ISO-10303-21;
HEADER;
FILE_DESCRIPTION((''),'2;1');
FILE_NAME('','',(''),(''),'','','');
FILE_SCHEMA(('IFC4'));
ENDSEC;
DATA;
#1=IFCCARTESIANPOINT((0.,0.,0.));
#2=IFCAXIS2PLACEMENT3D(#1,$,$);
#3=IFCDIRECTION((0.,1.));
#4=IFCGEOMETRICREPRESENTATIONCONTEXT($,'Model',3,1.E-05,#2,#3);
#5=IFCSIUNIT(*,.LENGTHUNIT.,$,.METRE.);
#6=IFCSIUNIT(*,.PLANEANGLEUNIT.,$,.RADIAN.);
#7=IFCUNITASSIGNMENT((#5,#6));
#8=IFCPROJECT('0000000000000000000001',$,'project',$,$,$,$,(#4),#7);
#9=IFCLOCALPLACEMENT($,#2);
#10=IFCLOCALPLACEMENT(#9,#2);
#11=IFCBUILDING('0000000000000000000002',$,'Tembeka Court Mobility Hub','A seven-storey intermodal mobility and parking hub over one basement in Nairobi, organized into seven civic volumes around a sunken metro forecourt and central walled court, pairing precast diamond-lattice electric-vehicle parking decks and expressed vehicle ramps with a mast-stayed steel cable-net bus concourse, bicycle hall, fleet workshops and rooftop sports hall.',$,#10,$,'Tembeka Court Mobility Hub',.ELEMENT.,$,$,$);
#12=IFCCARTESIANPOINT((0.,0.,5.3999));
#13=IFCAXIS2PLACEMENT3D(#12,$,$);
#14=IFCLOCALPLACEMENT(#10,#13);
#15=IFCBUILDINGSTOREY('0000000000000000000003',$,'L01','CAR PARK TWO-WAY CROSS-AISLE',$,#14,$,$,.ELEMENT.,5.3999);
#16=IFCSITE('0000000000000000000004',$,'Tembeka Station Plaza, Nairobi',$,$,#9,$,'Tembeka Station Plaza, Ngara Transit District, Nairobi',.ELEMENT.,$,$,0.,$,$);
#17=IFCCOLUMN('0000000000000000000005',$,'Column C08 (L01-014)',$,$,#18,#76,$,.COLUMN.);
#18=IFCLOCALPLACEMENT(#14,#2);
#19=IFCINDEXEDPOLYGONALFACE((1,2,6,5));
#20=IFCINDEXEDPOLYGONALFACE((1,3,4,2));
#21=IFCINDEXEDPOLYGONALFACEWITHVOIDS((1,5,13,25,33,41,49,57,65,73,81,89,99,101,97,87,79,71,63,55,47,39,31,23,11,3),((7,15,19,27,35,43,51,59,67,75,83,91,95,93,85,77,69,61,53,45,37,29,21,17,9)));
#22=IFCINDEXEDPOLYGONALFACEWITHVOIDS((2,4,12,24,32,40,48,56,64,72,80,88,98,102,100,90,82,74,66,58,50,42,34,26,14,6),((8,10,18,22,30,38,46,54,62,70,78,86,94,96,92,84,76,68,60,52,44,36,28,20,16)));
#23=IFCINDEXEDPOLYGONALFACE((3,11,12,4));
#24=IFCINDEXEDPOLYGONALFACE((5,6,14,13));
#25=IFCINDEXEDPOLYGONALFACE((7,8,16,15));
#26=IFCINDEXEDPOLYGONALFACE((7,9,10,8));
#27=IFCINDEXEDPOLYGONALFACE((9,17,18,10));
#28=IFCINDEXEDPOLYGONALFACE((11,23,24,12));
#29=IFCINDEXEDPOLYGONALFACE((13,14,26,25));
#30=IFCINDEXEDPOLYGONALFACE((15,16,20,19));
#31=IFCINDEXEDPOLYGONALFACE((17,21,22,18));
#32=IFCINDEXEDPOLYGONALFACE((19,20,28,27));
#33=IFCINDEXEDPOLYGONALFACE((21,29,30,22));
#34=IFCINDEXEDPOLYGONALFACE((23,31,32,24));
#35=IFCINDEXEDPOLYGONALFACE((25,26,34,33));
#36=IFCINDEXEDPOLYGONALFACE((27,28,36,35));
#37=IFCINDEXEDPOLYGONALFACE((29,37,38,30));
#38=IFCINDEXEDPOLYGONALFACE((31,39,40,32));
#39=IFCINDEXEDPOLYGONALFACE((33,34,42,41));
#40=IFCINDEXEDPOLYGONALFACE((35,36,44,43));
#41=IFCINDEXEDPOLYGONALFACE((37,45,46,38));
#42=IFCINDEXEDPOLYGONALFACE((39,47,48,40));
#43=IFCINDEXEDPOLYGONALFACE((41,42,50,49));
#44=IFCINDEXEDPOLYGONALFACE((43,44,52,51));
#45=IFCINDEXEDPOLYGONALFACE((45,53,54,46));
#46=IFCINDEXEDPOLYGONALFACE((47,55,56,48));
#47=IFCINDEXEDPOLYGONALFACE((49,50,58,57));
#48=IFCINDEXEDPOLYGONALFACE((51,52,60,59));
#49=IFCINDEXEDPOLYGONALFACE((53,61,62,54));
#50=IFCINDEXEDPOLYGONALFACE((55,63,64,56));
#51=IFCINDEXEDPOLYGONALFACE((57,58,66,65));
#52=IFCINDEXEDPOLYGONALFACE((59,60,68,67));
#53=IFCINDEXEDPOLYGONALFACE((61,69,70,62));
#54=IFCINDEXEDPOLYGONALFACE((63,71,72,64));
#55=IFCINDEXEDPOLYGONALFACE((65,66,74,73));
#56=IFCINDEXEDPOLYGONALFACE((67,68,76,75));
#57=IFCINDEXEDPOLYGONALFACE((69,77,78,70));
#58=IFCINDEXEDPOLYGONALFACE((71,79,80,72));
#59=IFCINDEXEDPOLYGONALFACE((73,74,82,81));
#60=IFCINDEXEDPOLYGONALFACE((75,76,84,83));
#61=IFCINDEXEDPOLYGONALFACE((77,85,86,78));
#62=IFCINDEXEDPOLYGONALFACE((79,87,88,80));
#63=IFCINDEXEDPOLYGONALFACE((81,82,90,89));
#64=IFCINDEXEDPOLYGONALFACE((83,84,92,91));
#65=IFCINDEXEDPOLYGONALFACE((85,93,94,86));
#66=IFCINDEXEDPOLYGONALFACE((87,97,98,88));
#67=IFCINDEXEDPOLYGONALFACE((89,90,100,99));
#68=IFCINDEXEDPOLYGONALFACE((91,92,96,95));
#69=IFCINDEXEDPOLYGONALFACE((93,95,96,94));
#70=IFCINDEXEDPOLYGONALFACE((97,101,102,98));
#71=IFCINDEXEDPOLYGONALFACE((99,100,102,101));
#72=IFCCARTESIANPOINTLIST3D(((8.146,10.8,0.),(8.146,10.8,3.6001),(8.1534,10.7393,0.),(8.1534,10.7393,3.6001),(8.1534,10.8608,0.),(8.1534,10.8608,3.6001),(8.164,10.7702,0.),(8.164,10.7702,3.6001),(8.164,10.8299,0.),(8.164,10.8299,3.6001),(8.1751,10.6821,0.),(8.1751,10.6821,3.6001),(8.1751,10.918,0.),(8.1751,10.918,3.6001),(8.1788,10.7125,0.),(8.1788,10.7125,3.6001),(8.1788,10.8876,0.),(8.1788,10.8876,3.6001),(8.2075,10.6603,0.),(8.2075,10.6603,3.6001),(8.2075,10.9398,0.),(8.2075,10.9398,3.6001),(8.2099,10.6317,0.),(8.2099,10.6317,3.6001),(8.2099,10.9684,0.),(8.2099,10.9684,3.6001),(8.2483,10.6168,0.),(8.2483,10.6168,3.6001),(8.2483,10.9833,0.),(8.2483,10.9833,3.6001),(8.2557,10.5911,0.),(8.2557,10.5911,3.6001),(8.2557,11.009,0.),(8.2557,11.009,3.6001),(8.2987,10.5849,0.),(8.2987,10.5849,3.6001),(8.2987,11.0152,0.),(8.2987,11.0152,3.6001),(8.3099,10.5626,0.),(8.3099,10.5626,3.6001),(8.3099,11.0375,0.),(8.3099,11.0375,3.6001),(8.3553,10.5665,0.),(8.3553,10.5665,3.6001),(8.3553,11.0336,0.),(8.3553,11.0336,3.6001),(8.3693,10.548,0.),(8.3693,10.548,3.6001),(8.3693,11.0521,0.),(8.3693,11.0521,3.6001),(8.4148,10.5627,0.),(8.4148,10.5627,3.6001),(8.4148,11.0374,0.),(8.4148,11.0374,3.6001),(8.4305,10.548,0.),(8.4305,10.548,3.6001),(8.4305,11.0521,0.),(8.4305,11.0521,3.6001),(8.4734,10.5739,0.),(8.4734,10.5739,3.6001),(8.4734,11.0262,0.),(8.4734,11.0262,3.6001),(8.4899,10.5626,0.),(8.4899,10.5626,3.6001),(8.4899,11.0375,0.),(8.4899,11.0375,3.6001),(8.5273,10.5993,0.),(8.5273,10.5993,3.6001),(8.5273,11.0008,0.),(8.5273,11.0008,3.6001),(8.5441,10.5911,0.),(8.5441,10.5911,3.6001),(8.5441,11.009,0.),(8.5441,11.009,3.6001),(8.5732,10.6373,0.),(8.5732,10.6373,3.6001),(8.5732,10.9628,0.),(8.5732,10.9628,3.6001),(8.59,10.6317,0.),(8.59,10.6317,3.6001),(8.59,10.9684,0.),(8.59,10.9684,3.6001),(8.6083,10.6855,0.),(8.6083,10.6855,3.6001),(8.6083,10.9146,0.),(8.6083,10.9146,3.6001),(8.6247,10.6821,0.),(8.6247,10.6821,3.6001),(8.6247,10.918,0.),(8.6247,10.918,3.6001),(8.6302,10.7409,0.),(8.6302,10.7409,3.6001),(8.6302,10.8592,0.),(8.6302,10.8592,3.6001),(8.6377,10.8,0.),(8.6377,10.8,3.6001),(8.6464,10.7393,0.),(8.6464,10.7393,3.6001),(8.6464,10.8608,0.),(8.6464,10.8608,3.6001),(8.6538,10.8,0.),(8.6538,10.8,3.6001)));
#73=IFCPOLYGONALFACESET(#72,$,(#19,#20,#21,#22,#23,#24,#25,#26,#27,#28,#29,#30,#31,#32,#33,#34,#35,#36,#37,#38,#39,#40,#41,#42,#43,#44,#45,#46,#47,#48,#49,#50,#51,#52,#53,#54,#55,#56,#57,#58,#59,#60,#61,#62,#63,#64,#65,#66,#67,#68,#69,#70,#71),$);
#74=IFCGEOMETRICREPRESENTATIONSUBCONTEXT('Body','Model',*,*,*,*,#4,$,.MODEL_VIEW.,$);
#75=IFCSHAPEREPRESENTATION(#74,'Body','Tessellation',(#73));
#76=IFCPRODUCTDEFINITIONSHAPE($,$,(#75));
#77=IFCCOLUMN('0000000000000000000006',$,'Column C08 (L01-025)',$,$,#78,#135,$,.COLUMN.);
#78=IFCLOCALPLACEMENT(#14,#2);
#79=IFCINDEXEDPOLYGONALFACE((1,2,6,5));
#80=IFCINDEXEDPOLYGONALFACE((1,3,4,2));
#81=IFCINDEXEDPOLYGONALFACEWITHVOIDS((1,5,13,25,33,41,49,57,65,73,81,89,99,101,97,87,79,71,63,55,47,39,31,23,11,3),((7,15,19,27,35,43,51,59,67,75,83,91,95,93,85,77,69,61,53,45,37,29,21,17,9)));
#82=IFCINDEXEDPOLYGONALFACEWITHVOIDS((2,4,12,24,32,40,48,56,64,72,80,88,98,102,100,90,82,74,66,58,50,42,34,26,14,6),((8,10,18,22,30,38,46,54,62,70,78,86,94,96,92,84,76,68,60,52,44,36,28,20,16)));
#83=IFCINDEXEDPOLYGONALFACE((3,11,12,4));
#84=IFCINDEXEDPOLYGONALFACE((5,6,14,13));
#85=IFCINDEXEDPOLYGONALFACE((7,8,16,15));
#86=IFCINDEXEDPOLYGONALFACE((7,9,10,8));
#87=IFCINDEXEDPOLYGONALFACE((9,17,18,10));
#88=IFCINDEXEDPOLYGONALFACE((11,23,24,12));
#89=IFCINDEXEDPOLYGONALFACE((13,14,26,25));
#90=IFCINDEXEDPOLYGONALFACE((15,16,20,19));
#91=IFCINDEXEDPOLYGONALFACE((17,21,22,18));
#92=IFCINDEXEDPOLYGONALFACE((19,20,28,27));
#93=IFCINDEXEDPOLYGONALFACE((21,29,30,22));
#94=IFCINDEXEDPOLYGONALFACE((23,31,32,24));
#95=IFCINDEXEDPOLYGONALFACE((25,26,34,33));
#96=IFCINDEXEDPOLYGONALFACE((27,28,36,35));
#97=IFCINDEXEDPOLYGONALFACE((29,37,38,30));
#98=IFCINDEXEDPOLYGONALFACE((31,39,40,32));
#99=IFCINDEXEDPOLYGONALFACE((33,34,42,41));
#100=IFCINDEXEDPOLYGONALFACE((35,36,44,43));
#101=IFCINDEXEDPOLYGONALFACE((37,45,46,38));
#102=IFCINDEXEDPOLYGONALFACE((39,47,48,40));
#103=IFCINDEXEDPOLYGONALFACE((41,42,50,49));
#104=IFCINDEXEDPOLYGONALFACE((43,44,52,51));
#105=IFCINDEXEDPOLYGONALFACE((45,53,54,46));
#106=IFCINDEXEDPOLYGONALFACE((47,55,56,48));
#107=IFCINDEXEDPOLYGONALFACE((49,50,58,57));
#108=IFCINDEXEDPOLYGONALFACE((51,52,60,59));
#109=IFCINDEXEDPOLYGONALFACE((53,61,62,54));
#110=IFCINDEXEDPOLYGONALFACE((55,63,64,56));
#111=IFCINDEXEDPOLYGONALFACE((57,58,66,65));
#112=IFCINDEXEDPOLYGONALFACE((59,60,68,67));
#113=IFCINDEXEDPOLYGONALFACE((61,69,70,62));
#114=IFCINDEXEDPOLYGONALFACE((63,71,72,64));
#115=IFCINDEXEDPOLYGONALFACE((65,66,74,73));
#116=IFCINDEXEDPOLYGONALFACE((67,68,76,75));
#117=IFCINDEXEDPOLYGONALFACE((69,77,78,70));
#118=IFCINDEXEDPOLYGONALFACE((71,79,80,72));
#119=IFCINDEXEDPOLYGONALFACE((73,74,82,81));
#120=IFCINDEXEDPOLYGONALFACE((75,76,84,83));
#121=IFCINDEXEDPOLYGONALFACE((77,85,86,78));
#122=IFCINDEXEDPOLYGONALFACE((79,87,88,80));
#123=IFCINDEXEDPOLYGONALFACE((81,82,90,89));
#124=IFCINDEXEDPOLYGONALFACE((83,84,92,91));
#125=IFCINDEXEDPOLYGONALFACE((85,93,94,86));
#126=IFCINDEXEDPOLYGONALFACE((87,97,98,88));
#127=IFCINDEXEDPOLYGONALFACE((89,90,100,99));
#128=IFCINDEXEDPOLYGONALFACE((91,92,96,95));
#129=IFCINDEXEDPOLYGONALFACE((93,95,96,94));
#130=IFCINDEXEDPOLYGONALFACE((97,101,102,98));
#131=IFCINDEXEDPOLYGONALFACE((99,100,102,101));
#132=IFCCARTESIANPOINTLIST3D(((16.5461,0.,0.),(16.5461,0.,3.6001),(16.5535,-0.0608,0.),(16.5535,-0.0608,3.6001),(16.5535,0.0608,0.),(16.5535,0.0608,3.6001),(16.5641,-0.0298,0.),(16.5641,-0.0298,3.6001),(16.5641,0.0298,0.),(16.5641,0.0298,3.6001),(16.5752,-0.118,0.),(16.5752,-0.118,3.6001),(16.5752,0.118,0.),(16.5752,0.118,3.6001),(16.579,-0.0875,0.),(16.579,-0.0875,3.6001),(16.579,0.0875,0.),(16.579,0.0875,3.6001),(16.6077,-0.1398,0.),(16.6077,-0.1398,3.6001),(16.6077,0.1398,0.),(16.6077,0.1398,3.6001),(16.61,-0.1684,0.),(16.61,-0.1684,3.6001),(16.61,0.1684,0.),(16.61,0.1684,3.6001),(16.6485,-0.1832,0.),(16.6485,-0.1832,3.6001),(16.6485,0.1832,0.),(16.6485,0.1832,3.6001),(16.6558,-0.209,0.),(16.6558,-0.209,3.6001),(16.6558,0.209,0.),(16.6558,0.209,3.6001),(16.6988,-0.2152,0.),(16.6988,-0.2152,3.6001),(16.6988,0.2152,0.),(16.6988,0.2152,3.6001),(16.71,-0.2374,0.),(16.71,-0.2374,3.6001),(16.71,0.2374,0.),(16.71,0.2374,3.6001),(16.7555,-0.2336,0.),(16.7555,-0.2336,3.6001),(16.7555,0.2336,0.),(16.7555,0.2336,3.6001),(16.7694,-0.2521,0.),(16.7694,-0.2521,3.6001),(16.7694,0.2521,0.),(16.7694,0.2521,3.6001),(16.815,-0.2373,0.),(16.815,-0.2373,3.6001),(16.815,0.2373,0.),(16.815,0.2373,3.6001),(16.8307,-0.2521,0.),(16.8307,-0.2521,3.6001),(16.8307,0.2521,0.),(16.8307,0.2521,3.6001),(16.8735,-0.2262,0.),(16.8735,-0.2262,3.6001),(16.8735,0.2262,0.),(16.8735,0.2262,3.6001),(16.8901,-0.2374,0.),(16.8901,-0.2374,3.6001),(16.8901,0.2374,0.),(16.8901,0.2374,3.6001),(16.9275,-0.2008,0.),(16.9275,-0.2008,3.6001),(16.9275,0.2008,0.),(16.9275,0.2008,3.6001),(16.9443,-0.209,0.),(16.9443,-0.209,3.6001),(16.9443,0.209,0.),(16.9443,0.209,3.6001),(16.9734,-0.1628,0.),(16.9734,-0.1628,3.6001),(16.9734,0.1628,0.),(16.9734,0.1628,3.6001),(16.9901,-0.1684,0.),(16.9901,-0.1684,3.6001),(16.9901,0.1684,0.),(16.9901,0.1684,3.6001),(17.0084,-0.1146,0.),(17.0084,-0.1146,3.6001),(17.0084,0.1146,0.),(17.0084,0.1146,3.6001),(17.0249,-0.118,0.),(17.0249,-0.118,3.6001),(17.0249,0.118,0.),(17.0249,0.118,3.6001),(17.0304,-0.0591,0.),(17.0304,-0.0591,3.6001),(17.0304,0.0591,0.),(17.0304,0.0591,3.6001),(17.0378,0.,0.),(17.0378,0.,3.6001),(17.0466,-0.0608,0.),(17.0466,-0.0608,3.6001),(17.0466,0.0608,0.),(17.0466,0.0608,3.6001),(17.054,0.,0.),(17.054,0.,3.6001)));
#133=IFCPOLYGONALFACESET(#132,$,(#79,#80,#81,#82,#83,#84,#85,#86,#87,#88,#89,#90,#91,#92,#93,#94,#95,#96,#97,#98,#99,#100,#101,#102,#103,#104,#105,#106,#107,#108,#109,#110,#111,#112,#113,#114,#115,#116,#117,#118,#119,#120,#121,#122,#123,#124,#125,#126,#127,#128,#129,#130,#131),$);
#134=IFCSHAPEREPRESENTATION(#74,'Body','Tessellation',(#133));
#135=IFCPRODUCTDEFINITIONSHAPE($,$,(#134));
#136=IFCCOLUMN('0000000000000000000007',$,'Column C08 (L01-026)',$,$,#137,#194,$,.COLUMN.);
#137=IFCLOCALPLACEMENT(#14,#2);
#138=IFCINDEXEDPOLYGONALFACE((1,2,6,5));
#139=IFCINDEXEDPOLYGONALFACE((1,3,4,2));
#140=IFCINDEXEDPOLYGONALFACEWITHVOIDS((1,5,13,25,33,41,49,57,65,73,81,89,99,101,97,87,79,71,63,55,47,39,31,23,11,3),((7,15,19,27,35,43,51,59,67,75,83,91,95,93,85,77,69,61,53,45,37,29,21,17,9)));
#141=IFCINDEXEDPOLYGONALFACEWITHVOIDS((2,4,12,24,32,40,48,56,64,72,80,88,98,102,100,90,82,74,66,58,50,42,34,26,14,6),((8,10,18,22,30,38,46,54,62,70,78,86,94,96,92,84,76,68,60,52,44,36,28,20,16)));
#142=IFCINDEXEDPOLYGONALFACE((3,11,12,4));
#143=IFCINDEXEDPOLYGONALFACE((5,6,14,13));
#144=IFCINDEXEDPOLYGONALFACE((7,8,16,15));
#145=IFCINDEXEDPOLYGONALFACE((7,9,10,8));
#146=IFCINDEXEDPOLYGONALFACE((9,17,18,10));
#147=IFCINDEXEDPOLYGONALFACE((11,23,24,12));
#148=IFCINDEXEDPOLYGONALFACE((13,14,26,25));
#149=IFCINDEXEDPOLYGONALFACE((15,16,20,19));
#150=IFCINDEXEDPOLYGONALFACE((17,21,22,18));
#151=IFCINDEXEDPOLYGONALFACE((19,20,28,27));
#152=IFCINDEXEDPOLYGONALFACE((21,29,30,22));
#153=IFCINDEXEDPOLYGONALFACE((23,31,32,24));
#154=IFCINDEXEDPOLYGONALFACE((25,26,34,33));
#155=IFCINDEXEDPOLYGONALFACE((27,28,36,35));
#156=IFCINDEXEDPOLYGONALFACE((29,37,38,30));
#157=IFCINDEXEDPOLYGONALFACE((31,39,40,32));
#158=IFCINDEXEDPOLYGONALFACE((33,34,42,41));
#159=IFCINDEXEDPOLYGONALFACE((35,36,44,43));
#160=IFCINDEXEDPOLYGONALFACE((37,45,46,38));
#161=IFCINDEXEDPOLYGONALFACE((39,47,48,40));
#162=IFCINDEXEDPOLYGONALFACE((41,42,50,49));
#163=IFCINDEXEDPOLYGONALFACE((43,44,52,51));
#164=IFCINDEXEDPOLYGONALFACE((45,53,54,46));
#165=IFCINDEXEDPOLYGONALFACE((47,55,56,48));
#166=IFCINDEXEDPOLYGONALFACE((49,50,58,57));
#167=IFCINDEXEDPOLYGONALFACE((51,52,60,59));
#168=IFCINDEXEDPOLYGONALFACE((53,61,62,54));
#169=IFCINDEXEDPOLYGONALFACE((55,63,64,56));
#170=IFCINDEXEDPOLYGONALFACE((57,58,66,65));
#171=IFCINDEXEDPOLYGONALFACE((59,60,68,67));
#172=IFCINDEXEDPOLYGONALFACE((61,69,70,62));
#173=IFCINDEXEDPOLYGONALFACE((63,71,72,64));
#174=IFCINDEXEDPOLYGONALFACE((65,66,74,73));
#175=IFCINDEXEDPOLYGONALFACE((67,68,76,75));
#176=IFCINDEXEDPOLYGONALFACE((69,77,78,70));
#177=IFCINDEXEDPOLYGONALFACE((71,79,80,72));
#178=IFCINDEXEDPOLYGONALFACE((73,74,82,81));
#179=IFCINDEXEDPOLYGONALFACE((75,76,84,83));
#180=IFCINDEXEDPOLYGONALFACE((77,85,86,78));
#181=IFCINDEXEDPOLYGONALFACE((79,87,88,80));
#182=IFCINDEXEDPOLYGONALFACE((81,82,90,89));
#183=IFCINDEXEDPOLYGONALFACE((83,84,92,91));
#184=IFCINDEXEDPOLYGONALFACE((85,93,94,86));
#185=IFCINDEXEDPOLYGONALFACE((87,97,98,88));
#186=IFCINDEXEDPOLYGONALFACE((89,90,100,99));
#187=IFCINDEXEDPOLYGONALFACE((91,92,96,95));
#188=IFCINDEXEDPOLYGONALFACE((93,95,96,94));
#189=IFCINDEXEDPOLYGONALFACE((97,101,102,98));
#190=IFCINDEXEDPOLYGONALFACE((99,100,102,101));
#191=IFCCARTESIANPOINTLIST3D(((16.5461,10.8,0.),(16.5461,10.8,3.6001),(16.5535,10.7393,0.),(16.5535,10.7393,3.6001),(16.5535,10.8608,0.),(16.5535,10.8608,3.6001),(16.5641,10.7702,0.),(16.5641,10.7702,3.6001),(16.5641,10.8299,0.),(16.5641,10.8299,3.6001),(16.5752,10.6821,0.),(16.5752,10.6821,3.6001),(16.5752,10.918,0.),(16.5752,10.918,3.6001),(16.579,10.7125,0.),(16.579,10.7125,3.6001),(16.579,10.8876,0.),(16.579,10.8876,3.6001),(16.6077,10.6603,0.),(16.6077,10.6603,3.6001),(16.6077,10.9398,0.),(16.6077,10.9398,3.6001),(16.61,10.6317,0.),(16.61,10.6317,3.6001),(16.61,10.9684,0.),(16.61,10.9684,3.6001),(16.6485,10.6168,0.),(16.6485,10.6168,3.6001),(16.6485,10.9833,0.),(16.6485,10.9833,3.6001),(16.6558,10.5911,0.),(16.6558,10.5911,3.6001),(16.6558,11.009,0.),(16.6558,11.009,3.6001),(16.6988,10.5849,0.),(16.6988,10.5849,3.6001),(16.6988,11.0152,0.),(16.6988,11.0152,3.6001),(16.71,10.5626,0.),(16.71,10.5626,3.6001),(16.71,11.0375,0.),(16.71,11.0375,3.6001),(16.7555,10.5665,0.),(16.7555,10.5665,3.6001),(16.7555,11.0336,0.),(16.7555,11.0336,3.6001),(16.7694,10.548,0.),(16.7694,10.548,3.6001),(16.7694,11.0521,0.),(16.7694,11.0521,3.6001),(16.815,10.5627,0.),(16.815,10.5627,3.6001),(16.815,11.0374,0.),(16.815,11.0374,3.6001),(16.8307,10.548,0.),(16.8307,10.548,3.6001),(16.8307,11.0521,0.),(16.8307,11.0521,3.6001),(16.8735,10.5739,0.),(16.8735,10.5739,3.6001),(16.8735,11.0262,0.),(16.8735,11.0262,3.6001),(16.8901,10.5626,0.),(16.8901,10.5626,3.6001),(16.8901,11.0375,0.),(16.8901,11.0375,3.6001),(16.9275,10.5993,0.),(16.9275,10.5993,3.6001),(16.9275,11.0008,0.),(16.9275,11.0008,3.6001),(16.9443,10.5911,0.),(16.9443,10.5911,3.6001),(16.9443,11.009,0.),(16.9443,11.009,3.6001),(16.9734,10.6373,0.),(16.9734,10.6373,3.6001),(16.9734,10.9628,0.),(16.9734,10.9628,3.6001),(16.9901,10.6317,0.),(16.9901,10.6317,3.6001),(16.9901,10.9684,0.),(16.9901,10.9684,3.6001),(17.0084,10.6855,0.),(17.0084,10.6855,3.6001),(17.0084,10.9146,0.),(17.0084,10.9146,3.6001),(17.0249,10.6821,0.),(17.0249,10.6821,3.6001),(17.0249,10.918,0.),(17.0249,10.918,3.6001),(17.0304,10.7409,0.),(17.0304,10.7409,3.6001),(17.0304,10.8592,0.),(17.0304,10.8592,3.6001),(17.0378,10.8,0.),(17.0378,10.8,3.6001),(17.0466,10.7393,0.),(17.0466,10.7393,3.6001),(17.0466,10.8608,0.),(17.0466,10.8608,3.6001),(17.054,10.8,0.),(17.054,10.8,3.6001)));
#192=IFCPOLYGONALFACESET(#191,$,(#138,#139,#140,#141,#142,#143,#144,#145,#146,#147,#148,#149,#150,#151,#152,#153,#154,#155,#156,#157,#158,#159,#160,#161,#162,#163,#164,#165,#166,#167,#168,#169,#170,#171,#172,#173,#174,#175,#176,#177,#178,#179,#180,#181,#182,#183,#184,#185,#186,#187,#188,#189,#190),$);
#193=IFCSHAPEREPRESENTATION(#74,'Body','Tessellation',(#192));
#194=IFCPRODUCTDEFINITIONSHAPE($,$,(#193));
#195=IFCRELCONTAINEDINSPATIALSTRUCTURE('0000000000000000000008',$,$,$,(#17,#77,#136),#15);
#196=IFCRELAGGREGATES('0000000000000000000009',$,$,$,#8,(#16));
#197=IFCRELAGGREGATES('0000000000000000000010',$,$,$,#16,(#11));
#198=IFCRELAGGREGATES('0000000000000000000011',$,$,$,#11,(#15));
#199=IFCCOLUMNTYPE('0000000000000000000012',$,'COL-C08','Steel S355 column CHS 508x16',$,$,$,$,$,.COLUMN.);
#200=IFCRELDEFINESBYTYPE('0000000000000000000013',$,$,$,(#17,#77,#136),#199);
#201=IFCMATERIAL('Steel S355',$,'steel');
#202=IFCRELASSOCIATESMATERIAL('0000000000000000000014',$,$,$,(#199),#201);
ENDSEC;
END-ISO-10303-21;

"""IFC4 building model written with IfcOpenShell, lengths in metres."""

from ifc_helpers import new_model, si_unit, direction, frame, origin, origin_2d, place, context, subcontext, project, spatial, hollow_circle, extrude, material, material_profile, profile_set, type_object, element, save


model = new_model("IFC4")

# Units and contexts
model_context = context("Model", 3, precision=1e-05, world=origin(), true_north=direction((0.0, 1.0)))
body_context = subcontext(model_context, "Body", "Model", "MODEL_VIEW")
ifc_project = project(units=[si_unit("LENGTHUNIT", "METRE"), si_unit("PLANEANGLEUNIT", "RADIAN")], contexts=[model_context])

# Site, building, storey
site_placement = place(None, origin())
site = spatial("IfcSite", under=ifc_project, at=site_placement, Name="Tembeka Station Plaza, Nairobi", LongName="Tembeka Station Plaza, Ngara Transit District, Nairobi", CompositionType="ELEMENT", RefElevation=0.0)
building_placement = place(site_placement, origin())
building = spatial("IfcBuilding", under=site, at=building_placement, Name="Tembeka Court Mobility Hub", Description="A seven-storey intermodal mobility and parking hub over one basement in Nairobi, organized into seven civic volumes around a sunken metro forecourt and central walled court, pairing precast diamond-lattice electric-vehicle parking decks and expressed vehicle ramps with a mast-stayed steel cable-net bus concourse, bicycle hall, fleet workshops and rooftop sports hall.", LongName="Tembeka Court Mobility Hub", CompositionType="ELEMENT")
storey_placement = place(building_placement, frame((0.0, 0.0, 5.3999)))
storey = spatial("IfcBuildingStorey", under=building, at=storey_placement, Name="L01", Description="CAR PARK TWO-WAY CROSS-AISLE", CompositionType="ELEMENT", Elevation=5.3999)

# Columns
ifc_material_1 = material(Name="Steel S355", Category="steel")
ifc_material_profile_1 = material_profile(ifc_material_1, hollow_circle(Radius=0.2539, WallThickness=0.0161, at=origin_2d()), Name="CHS 508x16")
ifc_profile_set_1 = profile_set([ifc_material_profile_1], Name="Steel S355")
column_type = type_object("IfcColumnType", Name="COL-C08", Description="Steel S355 column CHS 508x16", PredefinedType="COLUMN", material=ifc_profile_set_1)
for number, where, z_axis, x_axis, name in (
    (1, (8.3999, 10.8, 0.0), (0.0, 0.0, 1.0), (1.0, 0.0, 0.0), "Column C08 (L01-014)"),
    (2, (16.8, 0.0, 0.0), (0.0, 0.0, 1.0), (1.0, 0.0, 0.0), "Column C08 (L01-025)"),
    (3, (16.8, 10.8, 0.0), (0.0, 0.0, 1.0), (1.0, 0.0, 0.0), "Column C08 (L01-026)"),
):
    element("IfcColumn", number, at=place(storey_placement, frame(where, z_axis=z_axis, x_axis=x_axis)), inside=storey, type_object=column_type, Name=name, PredefinedType="COLUMN", context=body_context, shape_type="SweptSolid", body=[
        extrude(hollow_circle(Radius=0.2539, WallThickness=0.0161, at=origin_2d()), origin(), (0.0, 0.0, 1.0), 3.6001),
    ])

save(model, "model.ifc")
